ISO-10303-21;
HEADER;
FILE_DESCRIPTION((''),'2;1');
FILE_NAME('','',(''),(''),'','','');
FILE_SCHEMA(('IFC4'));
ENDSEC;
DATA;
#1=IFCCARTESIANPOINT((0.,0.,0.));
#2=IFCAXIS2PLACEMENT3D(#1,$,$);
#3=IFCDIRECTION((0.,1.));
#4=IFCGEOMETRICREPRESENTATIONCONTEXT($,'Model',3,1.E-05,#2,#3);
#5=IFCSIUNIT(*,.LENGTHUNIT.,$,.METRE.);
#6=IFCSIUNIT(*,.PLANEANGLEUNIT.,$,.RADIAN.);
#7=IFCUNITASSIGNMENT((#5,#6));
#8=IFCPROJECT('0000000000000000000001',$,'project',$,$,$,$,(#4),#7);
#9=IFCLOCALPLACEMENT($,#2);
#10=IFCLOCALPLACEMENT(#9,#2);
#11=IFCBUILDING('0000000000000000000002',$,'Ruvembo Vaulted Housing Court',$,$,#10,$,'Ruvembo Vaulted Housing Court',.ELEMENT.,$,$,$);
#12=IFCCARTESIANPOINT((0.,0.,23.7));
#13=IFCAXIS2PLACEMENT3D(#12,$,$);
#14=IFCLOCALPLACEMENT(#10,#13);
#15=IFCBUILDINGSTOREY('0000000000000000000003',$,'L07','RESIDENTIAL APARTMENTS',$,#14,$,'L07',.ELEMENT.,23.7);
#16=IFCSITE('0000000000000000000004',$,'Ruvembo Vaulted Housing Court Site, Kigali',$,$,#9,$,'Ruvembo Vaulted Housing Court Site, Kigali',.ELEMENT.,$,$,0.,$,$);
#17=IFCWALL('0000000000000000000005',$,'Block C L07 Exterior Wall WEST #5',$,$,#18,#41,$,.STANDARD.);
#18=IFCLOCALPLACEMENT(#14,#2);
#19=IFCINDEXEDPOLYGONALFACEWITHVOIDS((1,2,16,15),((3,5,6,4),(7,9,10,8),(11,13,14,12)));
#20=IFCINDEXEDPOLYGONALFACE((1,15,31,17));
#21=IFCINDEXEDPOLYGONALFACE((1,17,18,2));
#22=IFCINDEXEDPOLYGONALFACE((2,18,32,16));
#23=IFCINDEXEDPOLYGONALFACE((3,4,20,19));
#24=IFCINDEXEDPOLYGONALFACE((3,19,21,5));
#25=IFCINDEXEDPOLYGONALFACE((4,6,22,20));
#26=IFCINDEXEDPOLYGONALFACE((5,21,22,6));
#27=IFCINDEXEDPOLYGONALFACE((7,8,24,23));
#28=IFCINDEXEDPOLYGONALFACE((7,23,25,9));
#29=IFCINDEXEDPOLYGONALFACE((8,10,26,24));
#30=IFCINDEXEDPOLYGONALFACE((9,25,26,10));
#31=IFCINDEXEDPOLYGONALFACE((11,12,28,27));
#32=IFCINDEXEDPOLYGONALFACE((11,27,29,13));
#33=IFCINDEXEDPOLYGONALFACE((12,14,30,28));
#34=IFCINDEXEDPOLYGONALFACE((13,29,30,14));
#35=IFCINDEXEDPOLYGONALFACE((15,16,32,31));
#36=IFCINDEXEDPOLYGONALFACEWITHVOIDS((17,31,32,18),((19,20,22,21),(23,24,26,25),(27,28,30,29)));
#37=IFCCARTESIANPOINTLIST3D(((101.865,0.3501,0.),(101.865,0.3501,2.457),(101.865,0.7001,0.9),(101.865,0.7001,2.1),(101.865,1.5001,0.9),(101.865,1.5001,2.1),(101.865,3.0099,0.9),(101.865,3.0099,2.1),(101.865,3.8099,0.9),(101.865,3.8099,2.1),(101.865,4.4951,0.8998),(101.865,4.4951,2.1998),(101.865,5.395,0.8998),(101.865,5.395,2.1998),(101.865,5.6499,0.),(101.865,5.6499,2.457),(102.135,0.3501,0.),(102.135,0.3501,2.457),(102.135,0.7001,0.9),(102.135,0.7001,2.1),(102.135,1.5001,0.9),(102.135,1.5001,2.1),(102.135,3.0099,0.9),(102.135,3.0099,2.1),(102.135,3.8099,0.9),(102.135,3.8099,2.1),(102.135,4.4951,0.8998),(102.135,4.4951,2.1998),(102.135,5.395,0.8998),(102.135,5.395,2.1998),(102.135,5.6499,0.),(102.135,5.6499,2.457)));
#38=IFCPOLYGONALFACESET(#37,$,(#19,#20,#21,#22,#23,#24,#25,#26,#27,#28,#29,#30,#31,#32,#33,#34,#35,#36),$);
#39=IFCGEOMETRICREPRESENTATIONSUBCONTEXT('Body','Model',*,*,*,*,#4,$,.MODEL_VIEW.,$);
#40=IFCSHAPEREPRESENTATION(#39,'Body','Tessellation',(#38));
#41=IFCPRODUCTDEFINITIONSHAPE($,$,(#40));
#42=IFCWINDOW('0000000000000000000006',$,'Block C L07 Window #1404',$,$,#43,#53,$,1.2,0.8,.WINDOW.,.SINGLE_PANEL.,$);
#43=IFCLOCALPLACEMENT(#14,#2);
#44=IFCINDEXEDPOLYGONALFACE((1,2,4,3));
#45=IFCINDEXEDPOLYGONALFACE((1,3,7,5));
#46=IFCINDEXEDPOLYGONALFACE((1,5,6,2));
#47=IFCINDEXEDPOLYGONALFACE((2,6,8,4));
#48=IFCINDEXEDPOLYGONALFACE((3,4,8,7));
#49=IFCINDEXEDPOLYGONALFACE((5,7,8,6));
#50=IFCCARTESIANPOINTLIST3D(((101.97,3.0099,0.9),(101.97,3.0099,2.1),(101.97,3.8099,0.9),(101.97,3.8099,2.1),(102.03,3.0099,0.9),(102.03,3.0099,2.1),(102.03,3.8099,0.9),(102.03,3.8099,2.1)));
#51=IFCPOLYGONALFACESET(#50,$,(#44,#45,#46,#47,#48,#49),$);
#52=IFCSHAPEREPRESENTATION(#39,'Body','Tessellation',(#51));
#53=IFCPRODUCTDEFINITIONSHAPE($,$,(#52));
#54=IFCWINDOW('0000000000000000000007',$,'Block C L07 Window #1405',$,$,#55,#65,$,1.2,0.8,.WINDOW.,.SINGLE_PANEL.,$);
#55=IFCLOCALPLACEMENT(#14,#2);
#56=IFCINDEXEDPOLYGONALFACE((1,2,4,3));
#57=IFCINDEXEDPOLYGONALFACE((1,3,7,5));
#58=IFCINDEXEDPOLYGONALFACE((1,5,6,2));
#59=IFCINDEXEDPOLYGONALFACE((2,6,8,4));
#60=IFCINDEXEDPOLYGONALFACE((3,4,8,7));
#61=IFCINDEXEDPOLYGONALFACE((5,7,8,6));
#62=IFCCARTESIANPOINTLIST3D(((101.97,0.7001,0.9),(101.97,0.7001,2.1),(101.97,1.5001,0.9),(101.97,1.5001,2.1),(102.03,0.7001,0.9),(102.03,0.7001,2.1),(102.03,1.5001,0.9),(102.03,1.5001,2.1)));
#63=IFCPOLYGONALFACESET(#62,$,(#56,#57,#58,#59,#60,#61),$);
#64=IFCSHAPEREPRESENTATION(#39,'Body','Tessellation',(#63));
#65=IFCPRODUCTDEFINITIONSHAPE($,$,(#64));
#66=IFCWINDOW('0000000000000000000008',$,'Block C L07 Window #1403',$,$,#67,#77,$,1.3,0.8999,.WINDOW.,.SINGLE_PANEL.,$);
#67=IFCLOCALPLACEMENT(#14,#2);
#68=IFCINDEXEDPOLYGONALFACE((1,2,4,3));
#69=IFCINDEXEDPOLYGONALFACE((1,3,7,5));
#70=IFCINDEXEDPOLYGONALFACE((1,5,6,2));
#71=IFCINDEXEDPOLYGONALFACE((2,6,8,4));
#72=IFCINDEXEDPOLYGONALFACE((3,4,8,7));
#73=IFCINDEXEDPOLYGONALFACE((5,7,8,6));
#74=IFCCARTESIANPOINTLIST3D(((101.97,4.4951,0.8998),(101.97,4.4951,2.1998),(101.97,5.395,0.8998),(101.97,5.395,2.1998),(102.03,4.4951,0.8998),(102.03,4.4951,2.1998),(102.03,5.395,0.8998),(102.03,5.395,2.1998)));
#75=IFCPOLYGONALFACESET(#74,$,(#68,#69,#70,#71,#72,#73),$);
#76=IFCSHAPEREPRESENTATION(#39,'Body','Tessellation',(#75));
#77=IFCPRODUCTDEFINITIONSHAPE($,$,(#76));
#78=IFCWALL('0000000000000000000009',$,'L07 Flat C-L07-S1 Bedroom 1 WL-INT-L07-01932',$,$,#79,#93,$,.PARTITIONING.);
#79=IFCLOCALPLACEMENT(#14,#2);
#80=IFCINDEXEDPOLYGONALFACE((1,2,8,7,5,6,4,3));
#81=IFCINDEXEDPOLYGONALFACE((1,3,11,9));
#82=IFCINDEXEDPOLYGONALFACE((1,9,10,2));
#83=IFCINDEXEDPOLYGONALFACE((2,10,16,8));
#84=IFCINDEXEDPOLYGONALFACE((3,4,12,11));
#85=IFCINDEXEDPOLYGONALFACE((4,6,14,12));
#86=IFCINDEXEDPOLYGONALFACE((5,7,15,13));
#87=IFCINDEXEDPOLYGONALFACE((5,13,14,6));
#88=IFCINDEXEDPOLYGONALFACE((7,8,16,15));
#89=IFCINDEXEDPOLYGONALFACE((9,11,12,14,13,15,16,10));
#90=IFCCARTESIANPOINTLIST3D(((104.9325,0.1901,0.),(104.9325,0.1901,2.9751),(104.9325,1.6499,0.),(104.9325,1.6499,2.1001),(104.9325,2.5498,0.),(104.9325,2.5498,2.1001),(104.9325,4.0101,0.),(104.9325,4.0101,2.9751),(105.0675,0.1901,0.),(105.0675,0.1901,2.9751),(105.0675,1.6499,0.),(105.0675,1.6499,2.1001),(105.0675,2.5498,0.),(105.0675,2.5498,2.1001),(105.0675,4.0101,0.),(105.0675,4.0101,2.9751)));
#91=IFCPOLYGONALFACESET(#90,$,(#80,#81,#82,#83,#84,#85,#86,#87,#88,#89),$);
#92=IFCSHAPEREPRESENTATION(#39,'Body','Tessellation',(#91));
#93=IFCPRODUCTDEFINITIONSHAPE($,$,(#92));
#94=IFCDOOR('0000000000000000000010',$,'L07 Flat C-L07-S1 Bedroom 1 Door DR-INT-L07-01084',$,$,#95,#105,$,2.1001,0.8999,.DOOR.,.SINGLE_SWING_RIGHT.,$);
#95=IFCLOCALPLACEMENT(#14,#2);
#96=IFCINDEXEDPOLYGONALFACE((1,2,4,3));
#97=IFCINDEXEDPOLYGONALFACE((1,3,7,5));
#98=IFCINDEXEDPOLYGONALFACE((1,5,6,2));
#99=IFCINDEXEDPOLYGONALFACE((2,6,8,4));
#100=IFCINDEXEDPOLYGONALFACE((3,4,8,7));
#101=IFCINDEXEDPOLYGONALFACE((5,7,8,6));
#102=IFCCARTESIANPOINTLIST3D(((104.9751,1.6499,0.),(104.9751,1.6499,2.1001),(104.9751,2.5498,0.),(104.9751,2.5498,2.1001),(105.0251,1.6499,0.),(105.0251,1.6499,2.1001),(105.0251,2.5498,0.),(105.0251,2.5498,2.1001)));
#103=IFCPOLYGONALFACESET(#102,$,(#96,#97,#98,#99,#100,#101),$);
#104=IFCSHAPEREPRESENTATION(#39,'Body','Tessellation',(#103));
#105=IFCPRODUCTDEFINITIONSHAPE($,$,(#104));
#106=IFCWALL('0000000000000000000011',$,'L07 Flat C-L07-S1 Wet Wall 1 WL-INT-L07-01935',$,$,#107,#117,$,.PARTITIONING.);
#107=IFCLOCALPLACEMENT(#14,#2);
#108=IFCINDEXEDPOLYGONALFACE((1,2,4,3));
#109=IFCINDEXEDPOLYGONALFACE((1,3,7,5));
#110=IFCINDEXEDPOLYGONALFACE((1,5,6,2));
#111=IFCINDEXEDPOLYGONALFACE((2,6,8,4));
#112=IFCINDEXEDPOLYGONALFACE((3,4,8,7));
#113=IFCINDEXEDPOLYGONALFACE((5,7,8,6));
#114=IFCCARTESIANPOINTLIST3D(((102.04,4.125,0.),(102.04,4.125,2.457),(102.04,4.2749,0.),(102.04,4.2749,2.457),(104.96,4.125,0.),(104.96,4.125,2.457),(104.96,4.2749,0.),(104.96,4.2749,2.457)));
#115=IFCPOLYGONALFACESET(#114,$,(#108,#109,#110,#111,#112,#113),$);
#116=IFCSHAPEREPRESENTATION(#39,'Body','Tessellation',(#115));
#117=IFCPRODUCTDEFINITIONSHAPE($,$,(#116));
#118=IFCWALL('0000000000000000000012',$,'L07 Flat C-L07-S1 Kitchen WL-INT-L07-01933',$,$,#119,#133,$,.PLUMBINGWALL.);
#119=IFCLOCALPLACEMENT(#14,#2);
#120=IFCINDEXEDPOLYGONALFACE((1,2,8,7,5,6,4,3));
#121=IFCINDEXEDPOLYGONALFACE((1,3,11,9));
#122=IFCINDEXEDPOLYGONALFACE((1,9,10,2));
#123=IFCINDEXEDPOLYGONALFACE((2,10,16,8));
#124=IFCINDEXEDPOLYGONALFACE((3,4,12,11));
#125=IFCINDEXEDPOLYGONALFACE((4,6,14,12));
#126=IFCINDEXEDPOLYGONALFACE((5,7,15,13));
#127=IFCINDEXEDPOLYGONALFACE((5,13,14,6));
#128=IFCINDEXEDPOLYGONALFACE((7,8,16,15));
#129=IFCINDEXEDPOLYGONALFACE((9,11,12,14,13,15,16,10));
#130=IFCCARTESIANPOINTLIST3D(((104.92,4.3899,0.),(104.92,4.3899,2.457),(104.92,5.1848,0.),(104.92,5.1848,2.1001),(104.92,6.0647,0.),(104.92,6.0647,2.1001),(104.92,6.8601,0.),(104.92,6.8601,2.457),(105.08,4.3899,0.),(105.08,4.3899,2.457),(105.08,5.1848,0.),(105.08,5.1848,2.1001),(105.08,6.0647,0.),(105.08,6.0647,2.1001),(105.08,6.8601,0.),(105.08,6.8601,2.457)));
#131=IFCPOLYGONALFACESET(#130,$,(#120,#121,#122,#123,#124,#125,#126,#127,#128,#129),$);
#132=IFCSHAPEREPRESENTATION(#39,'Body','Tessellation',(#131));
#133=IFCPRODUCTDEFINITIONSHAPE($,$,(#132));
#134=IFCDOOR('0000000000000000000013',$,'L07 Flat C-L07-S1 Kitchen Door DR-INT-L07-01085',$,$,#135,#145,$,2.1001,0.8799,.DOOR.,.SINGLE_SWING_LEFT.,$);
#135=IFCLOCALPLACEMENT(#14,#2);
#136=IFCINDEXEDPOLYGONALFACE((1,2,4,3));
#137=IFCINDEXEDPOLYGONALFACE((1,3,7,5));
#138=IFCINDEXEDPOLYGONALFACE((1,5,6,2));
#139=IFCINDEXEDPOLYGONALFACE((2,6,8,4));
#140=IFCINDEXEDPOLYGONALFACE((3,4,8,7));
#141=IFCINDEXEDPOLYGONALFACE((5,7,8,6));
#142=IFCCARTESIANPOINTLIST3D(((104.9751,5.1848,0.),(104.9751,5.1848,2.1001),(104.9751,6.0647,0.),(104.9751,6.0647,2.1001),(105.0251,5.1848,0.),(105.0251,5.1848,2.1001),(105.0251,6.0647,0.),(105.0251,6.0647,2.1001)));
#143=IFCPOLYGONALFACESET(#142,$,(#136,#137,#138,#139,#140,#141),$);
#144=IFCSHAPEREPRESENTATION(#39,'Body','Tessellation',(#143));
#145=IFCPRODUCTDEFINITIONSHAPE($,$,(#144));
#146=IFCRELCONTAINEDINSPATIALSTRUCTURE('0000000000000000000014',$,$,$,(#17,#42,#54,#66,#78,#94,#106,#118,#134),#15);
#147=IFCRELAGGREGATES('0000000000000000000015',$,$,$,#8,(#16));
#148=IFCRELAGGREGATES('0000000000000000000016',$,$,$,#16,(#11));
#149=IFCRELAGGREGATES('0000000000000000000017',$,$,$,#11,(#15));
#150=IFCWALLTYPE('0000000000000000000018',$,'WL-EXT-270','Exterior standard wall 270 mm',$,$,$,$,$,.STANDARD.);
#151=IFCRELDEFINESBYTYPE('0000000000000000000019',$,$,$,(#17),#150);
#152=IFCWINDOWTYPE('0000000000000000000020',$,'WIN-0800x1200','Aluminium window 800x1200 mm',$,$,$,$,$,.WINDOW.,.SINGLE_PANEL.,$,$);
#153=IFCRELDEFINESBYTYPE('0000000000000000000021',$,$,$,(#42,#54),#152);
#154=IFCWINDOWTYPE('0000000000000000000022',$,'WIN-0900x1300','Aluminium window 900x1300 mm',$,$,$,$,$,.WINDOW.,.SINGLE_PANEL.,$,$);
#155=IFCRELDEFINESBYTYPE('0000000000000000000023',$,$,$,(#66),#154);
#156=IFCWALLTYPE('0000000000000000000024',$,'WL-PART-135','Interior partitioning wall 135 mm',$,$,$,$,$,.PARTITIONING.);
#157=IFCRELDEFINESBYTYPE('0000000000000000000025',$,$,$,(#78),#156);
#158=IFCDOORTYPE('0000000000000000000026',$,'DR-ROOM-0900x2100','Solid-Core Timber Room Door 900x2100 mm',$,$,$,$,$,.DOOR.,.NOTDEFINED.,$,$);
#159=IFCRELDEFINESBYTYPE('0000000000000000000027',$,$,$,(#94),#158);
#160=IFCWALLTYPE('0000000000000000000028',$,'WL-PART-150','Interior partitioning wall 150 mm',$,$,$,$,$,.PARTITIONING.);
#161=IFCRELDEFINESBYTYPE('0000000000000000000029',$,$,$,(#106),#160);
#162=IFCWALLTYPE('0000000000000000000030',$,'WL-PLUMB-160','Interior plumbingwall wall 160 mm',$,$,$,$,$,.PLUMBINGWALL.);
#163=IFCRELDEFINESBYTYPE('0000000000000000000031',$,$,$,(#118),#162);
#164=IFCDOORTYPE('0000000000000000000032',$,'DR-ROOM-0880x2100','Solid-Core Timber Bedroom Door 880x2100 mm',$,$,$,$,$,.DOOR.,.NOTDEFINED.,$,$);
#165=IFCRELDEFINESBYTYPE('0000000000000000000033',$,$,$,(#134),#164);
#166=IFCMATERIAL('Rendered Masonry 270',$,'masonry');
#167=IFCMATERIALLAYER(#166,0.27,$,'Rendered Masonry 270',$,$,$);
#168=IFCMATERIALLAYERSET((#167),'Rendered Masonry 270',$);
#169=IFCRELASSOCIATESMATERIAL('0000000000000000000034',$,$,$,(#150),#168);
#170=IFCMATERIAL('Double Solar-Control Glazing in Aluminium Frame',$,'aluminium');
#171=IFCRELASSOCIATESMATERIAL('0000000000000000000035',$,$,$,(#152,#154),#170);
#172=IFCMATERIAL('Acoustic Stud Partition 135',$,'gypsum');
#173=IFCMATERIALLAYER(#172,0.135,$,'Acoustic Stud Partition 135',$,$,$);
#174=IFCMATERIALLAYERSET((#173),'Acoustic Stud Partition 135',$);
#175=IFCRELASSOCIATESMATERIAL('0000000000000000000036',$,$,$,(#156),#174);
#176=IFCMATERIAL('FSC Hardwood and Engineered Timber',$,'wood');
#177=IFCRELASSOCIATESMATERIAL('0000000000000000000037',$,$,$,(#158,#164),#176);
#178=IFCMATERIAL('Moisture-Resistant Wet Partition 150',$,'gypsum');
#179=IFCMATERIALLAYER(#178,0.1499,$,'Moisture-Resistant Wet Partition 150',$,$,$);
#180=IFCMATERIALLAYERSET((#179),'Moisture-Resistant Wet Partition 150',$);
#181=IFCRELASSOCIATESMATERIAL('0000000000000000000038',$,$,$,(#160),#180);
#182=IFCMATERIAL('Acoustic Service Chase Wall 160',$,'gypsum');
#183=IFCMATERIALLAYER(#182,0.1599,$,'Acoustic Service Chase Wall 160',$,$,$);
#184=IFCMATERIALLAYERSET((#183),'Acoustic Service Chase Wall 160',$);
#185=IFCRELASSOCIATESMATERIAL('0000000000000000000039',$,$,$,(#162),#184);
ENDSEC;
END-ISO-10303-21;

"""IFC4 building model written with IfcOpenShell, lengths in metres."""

from ifc_helpers import new_model, si_unit, direction, frame, frame_2d, origin, place, context, subcontext, project, spatial, rectangle, extrude, material, layer, layer_set, type_object, element, fill, save


model = new_model("IFC4")

# Units and contexts
model_context = context("Model", 3, precision=1e-05, world=origin(), true_north=direction((0.0, 1.0)))
body_context = subcontext(model_context, "Body", "Model", "MODEL_VIEW")
ifc_project = project(units=[si_unit("LENGTHUNIT", "METRE"), si_unit("PLANEANGLEUNIT", "RADIAN")], contexts=[model_context])

# Site, building, storey
site_placement = place(None, origin())
site = spatial("IfcSite", under=ifc_project, at=site_placement, Name="Ruvembo Vaulted Housing Court Site, Kigali", LongName="Ruvembo Vaulted Housing Court Site, Kigali", CompositionType="ELEMENT", RefElevation=0.0)
building_placement = place(site_placement, origin())
building = spatial("IfcBuilding", under=site, at=building_placement, Name="Ruvembo Vaulted Housing Court", LongName="Ruvembo Vaulted Housing Court", CompositionType="ELEMENT")
storey_placement = place(building_placement, frame((0.0, 0.0, 23.7)))
storey = spatial("IfcBuildingStorey", under=building, at=storey_placement, Name="L07", Description="RESIDENTIAL APARTMENTS", LongName="L07", CompositionType="ELEMENT", Elevation=23.7)

# Wall, openings, windows
ifc_material_1 = material(Name="Rendered Masonry 270", Category="masonry")
ifc_layer_1 = layer(ifc_material_1, 0.27, Name="Rendered Masonry 270")
ifc_layer_set_1 = layer_set([ifc_layer_1], Name="Rendered Masonry 270")
wall_type_1 = type_object("IfcWallType", Name="WL-EXT-270", Description="Exterior standard wall 270 mm", PredefinedType="STANDARD", material=ifc_layer_set_1)
ifc_material_2 = material(Name="Double Solar-Control Glazing in Aluminium Frame", Category="aluminium")
wall_1_placement = place(storey_placement, frame((102.0, 5.6499, 0.0), z_axis=(0.0, 0.0, 1.0), x_axis=(0.0, -1.0, 0.0)))
wall_1 = element("IfcWall", 1, at=wall_1_placement, inside=storey, type_object=wall_type_1, Name="Block C L07 Exterior Wall WEST #5", PredefinedType="STANDARD", context=body_context, shape_type="SweptSolid", body=[
    extrude(rectangle(XDim=5.2998, YDim=0.27, at=frame_2d((2.6499, 0.0))), origin(), (0.0, 0.0, 1.0), 2.457),
])
opening_1_placement = place(wall_1_placement, frame((0.2549, 0.0, 0.8999)))
opening_1 = element("IfcOpeningElement", 2, at=opening_1_placement, cuts=wall_1, PredefinedType="OPENING", context=body_context, shape_type="SweptSolid", body=[
    extrude(rectangle(XDim=0.8999, YDim=1.3, at=frame_2d((0.45, 0.6499))), frame((0.0, 0.145, 0.0), z_axis=(0.0, -1.0, 0.0), x_axis=(1.0, 0.0, 0.0)), (0.0, 0.0, 1.0), 0.29),
])
opening_2_placement = place(wall_1_placement, frame((1.8401, 0.0, 0.8999)))
opening_2 = element("IfcOpeningElement", 3, at=opening_2_placement, cuts=wall_1, PredefinedType="OPENING", context=body_context, shape_type="SweptSolid", body=[
    extrude(rectangle(XDim=0.8, YDim=1.2, at=frame_2d((0.3999, 0.6001))), frame((0.0, 0.145, 0.0), z_axis=(0.0, -1.0, 0.0), x_axis=(1.0, 0.0, 0.0)), (0.0, 0.0, 1.0), 0.29),
])
opening_3_placement = place(wall_1_placement, frame((4.1499, 0.0, 0.8999)))
opening_3 = element("IfcOpeningElement", 4, at=opening_3_placement, cuts=wall_1, PredefinedType="OPENING", context=body_context, shape_type="SweptSolid", body=[
    extrude(rectangle(XDim=0.8, YDim=1.2, at=frame_2d((0.3999, 0.6001))), frame((0.0, 0.145, 0.0), z_axis=(0.0, -1.0, 0.0), x_axis=(1.0, 0.0, 0.0)), (0.0, 0.0, 1.0), 0.29),
])
window_type_1 = type_object("IfcWindowType", Name="WIN-0800x1200", Description="Aluminium window 800x1200 mm", PartitioningType="SINGLE_PANEL", PredefinedType="WINDOW", material=ifc_material_2)
window_1_placement = place(opening_2_placement, origin())
window_1 = element("IfcWindow", 5, at=window_1_placement, inside=storey, type_object=window_type_1, Name="Block C L07 Window #1404", OverallHeight=1.2, OverallWidth=0.8, PartitioningType="SINGLE_PANEL", PredefinedType="WINDOW", context=body_context, shape_type="SweptSolid", body=[
    extrude(rectangle(XDim=0.8, YDim=1.2, at=frame_2d((0.3999, 0.6001))), frame((0.0, 0.03, 0.0), z_axis=(0.0, -1.0, 0.0), x_axis=(1.0, 0.0, 0.0)), (0.0, 0.0, 1.0), 0.0601),
])
fill(opening_2, window_1)
window_2_placement = place(opening_3_placement, origin())
window_2 = element("IfcWindow", 6, at=window_2_placement, inside=storey, type_object=window_type_1, Name="Block C L07 Window #1405", OverallHeight=1.2, OverallWidth=0.8, PartitioningType="SINGLE_PANEL", PredefinedType="WINDOW", context=body_context, shape_type="SweptSolid", body=[
    extrude(rectangle(XDim=0.8, YDim=1.2, at=frame_2d((0.3999, 0.6001))), frame((0.0, 0.03, 0.0), z_axis=(0.0, -1.0, 0.0), x_axis=(1.0, 0.0, 0.0)), (0.0, 0.0, 1.0), 0.0601),
])
fill(opening_3, window_2)
window_type_2 = type_object("IfcWindowType", Name="WIN-0900x1300", Description="Aluminium window 900x1300 mm", PartitioningType="SINGLE_PANEL", PredefinedType="WINDOW", material=ifc_material_2)
window_3_placement = place(opening_1_placement, origin())
window_3 = element("IfcWindow", 7, at=window_3_placement, inside=storey, type_object=window_type_2, Name="Block C L07 Window #1403", OverallHeight=1.3, OverallWidth=0.8999, PartitioningType="SINGLE_PANEL", PredefinedType="WINDOW", context=body_context, shape_type="SweptSolid", body=[
    extrude(rectangle(XDim=0.8999, YDim=1.3, at=frame_2d((0.45, 0.6499))), frame((0.0, 0.03, 0.0), z_axis=(0.0, -1.0, 0.0), x_axis=(1.0, 0.0, 0.0)), (0.0, 0.0, 1.0), 0.0601),
])
fill(opening_1, window_3)

# Wall, opening, door
ifc_material_3 = material(Name="Acoustic Stud Partition 135", Category="gypsum")
ifc_layer_2 = layer(ifc_material_3, 0.135, Name="Acoustic Stud Partition 135")
ifc_layer_set_2 = layer_set([ifc_layer_2], Name="Acoustic Stud Partition 135")
wall_type_2 = type_object("IfcWallType", Name="WL-PART-135", Description="Interior partitioning wall 135 mm", PredefinedType="PARTITIONING", material=ifc_layer_set_2)
wall_2_placement = place(storey_placement, frame((105.0, 0.1899, 0.0), z_axis=(0.0, 0.0, 1.0), x_axis=(0.0, 1.0, 0.0)))
wall_2 = element("IfcWall", 8, at=wall_2_placement, inside=storey, type_object=wall_type_2, Name="L07 Flat C-L07-S1 Bedroom 1 WL-INT-L07-01932", PredefinedType="PARTITIONING", context=body_context, shape_type="SweptSolid", body=[
    extrude(rectangle(XDim=3.8201, YDim=0.135, at=frame_2d((1.9102, 0.0))), origin(), (0.0, 0.0, 1.0), 2.9751),
])
opening_4_placement = place(wall_2_placement, frame((1.46, 0.0, 0.0)))
opening_4 = element("IfcOpeningElement", 9, at=opening_4_placement, cuts=wall_2, PredefinedType="OPENING", context=body_context, shape_type="SweptSolid", body=[
    extrude(rectangle(XDim=0.8999, YDim=2.1001, at=frame_2d((0.45, 1.05))), frame((0.0, 0.0774, 0.0), z_axis=(0.0, -1.0, 0.0), x_axis=(1.0, 0.0, 0.0)), (0.0, 0.0, 1.0), 0.155),
])
ifc_material_4 = material(Name="FSC Hardwood and Engineered Timber", Category="wood")
door_type_1 = type_object("IfcDoorType", Name="DR-ROOM-0900x2100", Description="Solid-Core Timber Room Door 900x2100 mm", OperationType="NOTDEFINED", PredefinedType="DOOR", material=ifc_material_4)
door_1_placement = place(opening_4_placement, origin())
door_1 = element("IfcDoor", 10, at=door_1_placement, inside=storey, type_object=door_type_1, Name="L07 Flat C-L07-S1 Bedroom 1 Door DR-INT-L07-01084", OperationType="SINGLE_SWING_RIGHT", OverallHeight=2.1001, OverallWidth=0.8999, PredefinedType="DOOR", context=body_context, shape_type="SweptSolid", body=[
    extrude(rectangle(XDim=0.8999, YDim=2.1001, at=frame_2d((0.45, 1.05))), frame((0.0, 0.0249, 0.0), z_axis=(0.0, -1.0, 0.0), x_axis=(1.0, 0.0, 0.0)), (0.0, 0.0, 1.0), 0.05),
])
fill(opening_4, door_1)

# Wall
ifc_material_5 = material(Name="Moisture-Resistant Wet Partition 150", Category="gypsum")
ifc_layer_3 = layer(ifc_material_5, 0.1499, Name="Moisture-Resistant Wet Partition 150")
ifc_layer_set_3 = layer_set([ifc_layer_3], Name="Moisture-Resistant Wet Partition 150")
wall_type_3 = type_object("IfcWallType", Name="WL-PART-150", Description="Interior partitioning wall 150 mm", PredefinedType="PARTITIONING", material=ifc_layer_set_3)
wall_3_placement = place(storey_placement, frame((102.04, 4.2, 0.0), z_axis=(0.0, 0.0, 1.0), x_axis=(1.0, 0.0, 0.0)))
element("IfcWall", 11, at=wall_3_placement, inside=storey, type_object=wall_type_3, Name="L07 Flat C-L07-S1 Wet Wall 1 WL-INT-L07-01935", PredefinedType="PARTITIONING", context=body_context, shape_type="SweptSolid", body=[
    extrude(rectangle(XDim=2.9199, YDim=0.1499, at=frame_2d((1.46, 0.0))), origin(), (0.0, 0.0, 1.0), 2.457),
])

# Wall, opening, door
ifc_material_6 = material(Name="Acoustic Service Chase Wall 160", Category="gypsum")
ifc_layer_4 = layer(ifc_material_6, 0.1599, Name="Acoustic Service Chase Wall 160")
ifc_layer_set_4 = layer_set([ifc_layer_4], Name="Acoustic Service Chase Wall 160")
wall_type_4 = type_object("IfcWallType", Name="WL-PLUMB-160", Description="Interior plumbingwall wall 160 mm", PredefinedType="PLUMBINGWALL", material=ifc_layer_set_4)
wall_4_placement = place(storey_placement, frame((105.0, 4.3899, 0.0), z_axis=(0.0, 0.0, 1.0), x_axis=(0.0, 1.0, 0.0)))
wall_4 = element("IfcWall", 12, at=wall_4_placement, inside=storey, type_object=wall_type_4, Name="L07 Flat C-L07-S1 Kitchen WL-INT-L07-01933", PredefinedType="PLUMBINGWALL", context=body_context, shape_type="SweptSolid", body=[
    extrude(rectangle(XDim=2.4702, YDim=0.1599, at=frame_2d((1.2351, 0.0))), origin(), (0.0, 0.0, 1.0), 2.457),
])
opening_5_placement = place(wall_4_placement, frame((0.7949, 0.0, 0.0)))
opening_5 = element("IfcOpeningElement", 13, at=opening_5_placement, cuts=wall_4, PredefinedType="OPENING", context=body_context, shape_type="SweptSolid", body=[
    extrude(rectangle(XDim=0.8799, YDim=2.1001, at=frame_2d((0.4399, 1.05))), frame((0.0, 0.0898, 0.0), z_axis=(0.0, -1.0, 0.0), x_axis=(1.0, 0.0, 0.0)), (0.0, 0.0, 1.0), 0.1799),
])
door_type_2 = type_object("IfcDoorType", Name="DR-ROOM-0880x2100", Description="Solid-Core Timber Bedroom Door 880x2100 mm", OperationType="NOTDEFINED", PredefinedType="DOOR", material=ifc_material_4)
door_2_placement = place(opening_5_placement, origin())
door_2 = element("IfcDoor", 14, at=door_2_placement, inside=storey, type_object=door_type_2, Name="L07 Flat C-L07-S1 Kitchen Door DR-INT-L07-01085", OperationType="SINGLE_SWING_LEFT", OverallHeight=2.1001, OverallWidth=0.8799, PredefinedType="DOOR", context=body_context, shape_type="SweptSolid", body=[
    extrude(rectangle(XDim=0.8799, YDim=2.1001, at=frame_2d((0.4399, 1.05))), frame((0.0, 0.0249, 0.0), z_axis=(0.0, -1.0, 0.0), x_axis=(1.0, 0.0, 0.0)), (0.0, 0.0, 1.0), 0.05),
])
fill(opening_5, door_2)

save(model, "model.ifc")
